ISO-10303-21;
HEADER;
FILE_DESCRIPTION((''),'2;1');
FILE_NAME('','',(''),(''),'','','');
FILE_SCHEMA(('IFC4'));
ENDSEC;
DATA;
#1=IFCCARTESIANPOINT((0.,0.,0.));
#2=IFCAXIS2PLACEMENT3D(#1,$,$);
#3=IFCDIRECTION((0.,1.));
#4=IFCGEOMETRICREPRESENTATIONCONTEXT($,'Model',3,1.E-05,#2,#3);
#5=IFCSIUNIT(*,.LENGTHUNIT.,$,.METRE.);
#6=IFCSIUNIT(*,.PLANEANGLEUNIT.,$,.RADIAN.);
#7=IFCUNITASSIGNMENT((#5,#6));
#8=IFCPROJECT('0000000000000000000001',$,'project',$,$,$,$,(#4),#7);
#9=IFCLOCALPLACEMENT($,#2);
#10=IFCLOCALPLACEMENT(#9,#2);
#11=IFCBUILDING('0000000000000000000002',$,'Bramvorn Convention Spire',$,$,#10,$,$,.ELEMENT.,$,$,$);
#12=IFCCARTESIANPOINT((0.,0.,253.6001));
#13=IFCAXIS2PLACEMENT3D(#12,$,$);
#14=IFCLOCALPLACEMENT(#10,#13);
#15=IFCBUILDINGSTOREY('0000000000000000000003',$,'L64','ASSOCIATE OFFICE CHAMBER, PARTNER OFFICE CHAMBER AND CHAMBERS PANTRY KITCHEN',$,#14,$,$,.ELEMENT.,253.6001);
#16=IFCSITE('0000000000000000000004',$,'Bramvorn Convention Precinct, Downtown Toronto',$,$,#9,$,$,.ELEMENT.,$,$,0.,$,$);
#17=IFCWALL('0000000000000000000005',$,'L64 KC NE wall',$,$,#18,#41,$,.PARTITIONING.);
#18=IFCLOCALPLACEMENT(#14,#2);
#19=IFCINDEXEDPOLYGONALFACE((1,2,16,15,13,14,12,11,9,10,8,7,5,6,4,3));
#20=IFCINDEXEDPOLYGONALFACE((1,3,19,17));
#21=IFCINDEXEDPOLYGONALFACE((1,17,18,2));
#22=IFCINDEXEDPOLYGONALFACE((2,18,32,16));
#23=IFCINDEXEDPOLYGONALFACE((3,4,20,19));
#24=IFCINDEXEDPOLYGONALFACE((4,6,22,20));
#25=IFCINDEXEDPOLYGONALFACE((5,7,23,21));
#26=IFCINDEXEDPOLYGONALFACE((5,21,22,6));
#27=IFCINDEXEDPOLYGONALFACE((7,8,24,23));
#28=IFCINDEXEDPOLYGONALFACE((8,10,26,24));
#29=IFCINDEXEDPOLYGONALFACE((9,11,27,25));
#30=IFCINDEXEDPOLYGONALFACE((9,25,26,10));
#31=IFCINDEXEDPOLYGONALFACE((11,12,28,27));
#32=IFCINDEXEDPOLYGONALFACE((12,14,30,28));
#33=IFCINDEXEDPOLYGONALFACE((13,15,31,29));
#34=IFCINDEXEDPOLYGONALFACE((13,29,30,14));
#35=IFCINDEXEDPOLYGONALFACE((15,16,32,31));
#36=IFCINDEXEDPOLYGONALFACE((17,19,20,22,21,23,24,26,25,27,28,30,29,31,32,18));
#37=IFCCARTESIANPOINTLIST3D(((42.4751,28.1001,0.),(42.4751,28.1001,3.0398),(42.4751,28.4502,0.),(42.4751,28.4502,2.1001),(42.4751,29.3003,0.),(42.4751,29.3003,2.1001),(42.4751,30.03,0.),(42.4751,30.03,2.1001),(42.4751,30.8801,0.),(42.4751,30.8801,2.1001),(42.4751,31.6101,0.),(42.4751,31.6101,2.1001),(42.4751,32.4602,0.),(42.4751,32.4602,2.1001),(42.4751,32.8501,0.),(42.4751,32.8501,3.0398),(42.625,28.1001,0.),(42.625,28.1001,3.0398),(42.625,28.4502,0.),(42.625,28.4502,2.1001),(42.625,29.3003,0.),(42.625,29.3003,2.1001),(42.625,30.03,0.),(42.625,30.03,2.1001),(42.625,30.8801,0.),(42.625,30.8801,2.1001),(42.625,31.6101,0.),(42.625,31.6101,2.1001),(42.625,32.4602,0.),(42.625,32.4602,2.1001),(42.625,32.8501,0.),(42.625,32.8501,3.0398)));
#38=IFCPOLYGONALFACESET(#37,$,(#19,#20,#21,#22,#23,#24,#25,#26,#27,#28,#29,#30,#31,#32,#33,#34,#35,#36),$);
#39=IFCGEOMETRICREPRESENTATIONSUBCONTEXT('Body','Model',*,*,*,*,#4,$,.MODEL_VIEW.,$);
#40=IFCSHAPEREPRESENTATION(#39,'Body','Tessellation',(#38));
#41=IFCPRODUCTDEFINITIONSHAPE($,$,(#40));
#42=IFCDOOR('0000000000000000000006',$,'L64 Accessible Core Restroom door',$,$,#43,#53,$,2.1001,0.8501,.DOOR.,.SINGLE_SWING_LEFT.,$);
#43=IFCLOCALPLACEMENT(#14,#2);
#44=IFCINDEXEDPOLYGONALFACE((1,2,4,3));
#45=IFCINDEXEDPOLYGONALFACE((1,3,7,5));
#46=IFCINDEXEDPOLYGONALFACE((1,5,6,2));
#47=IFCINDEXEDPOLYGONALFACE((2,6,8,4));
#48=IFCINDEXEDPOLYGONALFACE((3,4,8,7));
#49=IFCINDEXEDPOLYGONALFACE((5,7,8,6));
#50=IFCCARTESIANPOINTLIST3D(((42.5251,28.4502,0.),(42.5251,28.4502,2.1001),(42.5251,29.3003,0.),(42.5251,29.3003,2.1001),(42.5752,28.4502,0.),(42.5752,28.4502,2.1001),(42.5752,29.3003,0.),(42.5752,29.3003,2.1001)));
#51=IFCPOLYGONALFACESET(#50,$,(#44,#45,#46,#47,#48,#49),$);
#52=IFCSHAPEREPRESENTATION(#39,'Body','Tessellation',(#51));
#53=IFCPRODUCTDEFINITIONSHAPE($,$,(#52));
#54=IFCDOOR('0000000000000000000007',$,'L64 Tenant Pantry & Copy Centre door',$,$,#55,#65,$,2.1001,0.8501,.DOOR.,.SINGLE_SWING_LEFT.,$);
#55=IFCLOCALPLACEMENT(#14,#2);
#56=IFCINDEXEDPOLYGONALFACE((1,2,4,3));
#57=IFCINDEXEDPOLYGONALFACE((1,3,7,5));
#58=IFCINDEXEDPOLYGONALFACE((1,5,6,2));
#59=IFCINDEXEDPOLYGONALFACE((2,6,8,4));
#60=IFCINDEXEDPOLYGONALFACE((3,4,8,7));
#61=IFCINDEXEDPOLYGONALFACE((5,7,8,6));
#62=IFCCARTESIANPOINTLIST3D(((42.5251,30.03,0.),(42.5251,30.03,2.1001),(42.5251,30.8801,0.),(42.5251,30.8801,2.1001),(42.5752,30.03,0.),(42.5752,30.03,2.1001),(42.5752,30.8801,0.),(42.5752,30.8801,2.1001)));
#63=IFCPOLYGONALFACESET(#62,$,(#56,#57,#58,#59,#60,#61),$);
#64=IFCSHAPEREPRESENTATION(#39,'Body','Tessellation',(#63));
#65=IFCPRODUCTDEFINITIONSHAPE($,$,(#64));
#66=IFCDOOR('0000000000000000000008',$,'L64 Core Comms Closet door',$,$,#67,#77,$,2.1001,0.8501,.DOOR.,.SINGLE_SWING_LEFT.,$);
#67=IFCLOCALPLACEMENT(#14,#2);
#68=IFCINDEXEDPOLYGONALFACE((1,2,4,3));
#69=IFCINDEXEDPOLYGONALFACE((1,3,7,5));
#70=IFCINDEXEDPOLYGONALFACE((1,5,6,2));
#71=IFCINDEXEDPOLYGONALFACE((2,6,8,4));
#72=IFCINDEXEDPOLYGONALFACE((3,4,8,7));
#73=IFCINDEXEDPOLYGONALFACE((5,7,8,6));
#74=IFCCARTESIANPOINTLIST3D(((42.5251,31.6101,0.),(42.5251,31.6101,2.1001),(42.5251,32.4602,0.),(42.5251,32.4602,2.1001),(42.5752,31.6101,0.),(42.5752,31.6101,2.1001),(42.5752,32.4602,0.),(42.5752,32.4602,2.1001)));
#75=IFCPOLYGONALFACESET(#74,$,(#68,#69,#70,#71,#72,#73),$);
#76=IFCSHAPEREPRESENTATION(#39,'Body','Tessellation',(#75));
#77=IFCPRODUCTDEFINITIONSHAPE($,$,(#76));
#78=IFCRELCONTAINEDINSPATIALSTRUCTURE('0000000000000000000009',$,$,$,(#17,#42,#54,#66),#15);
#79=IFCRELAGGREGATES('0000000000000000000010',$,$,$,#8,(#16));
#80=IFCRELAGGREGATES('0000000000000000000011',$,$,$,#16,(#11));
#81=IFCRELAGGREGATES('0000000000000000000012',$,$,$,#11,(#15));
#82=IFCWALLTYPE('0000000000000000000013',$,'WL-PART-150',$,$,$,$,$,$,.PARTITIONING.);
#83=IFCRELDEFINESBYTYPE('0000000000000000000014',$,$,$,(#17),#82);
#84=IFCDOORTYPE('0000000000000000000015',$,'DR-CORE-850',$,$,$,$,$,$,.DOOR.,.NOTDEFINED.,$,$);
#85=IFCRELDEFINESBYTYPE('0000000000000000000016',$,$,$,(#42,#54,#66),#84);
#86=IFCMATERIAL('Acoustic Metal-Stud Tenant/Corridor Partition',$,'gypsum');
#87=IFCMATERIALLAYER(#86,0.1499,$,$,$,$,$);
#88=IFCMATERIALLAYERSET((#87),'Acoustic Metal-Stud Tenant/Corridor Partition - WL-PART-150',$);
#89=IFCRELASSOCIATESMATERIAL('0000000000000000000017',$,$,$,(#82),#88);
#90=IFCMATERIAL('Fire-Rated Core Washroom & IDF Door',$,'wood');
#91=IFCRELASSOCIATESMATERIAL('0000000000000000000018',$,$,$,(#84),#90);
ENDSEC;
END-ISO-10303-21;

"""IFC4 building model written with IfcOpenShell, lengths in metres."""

from ifc_helpers import new_model, si_unit, direction, frame, frame_2d, origin, place, context, subcontext, project, spatial, rectangle, extrude, material, layer, layer_set, type_object, element, fill, save


model = new_model("IFC4")

# Units and contexts
model_context = context("Model", 3, precision=1e-05, world=origin(), true_north=direction((0.0, 1.0)))
body_context = subcontext(model_context, "Body", "Model", "MODEL_VIEW")
ifc_project = project(units=[si_unit("LENGTHUNIT", "METRE"), si_unit("PLANEANGLEUNIT", "RADIAN")], contexts=[model_context])

# Site, building, storey
site_placement = place(None, origin())
site = spatial("IfcSite", under=ifc_project, at=site_placement, Name="Bramvorn Convention Precinct, Downtown Toronto", CompositionType="ELEMENT", RefElevation=0.0)
building_placement = place(site_placement, origin())
building = spatial("IfcBuilding", under=site, at=building_placement, Name="Bramvorn Convention Spire", CompositionType="ELEMENT")
storey_placement = place(building_placement, frame((0.0, 0.0, 253.6001)))
storey = spatial("IfcBuildingStorey", under=building, at=storey_placement, Name="L64", Description="ASSOCIATE OFFICE CHAMBER, PARTNER OFFICE CHAMBER AND CHAMBERS PANTRY KITCHEN", CompositionType="ELEMENT", Elevation=253.6001)

# Shared definitions
ifc_material_1 = material(Name="Acoustic Metal-Stud Tenant/Corridor Partition", Category="gypsum")
ifc_layer_1 = layer(ifc_material_1, 0.1499)
ifc_layer_set_1 = layer_set([ifc_layer_1], Name="Acoustic Metal-Stud Tenant/Corridor Partition - WL-PART-150")
wall_type_1 = type_object("IfcWallType", Name="WL-PART-150", PredefinedType="PARTITIONING", material=ifc_layer_set_1)

# Shared definitions
ifc_material_2 = material(Name="Fire-Rated Core Washroom & IDF Door", Category="wood")
door_type_1 = type_object("IfcDoorType", Name="DR-CORE-850", OperationType="NOTDEFINED", PredefinedType="DOOR", material=ifc_material_2)

# Wall, openings, doors
wall_1_placement = place(storey_placement, frame((42.55, 28.1001, 0.0), z_axis=(0.0, 0.0, 1.0), x_axis=(0.0, 1.0, 0.0)))
wall_1 = element("IfcWall", 1, at=wall_1_placement, inside=storey, type_object=wall_type_1, Name="L64 KC NE wall", PredefinedType="PARTITIONING", context=body_context, shape_type="SweptSolid", body=[
    extrude(rectangle(XDim=4.75, YDim=0.1499, at=frame_2d((2.375, 0.0))), origin(), (0.0, 0.0, 1.0), 3.0398),
])
opening_1_placement = place(wall_1_placement, frame((0.3501, 0.0, 0.0)))
opening_1 = element("IfcOpeningElement", 2, at=opening_1_placement, cuts=wall_1, PredefinedType="OPENING", context=body_context, shape_type="SweptSolid", body=[
    extrude(rectangle(XDim=0.8501, YDim=2.1001, at=frame_2d((0.425, 1.05))), frame((0.0, 0.085, 0.0), z_axis=(0.0, -1.0, 0.0), x_axis=(1.0, 0.0, 0.0)), (0.0, 0.0, 1.0), 0.1699),
])
opening_2_placement = place(wall_1_placement, frame((1.9299, 0.0, 0.0)))
opening_2 = element("IfcOpeningElement", 3, at=opening_2_placement, cuts=wall_1, PredefinedType="OPENING", context=body_context, shape_type="SweptSolid", body=[
    extrude(rectangle(XDim=0.8501, YDim=2.1001, at=frame_2d((0.425, 1.05))), frame((0.0, 0.085, 0.0), z_axis=(0.0, -1.0, 0.0), x_axis=(1.0, 0.0, 0.0)), (0.0, 0.0, 1.0), 0.1699),
])
opening_3_placement = place(wall_1_placement, frame((3.51, 0.0, 0.0)))
opening_3 = element("IfcOpeningElement", 4, at=opening_3_placement, cuts=wall_1, PredefinedType="OPENING", context=body_context, shape_type="SweptSolid", body=[
    extrude(rectangle(XDim=0.8501, YDim=2.1001, at=frame_2d((0.425, 1.05))), frame((0.0, 0.085, 0.0), z_axis=(0.0, -1.0, 0.0), x_axis=(1.0, 0.0, 0.0)), (0.0, 0.0, 1.0), 0.1699),
])
door_1_placement = place(opening_1_placement, origin())
door_1 = element("IfcDoor", 5, at=door_1_placement, inside=storey, type_object=door_type_1, Name="L64 Accessible Core Restroom door", OperationType="SINGLE_SWING_LEFT", OverallHeight=2.1001, OverallWidth=0.8501, PredefinedType="DOOR", context=body_context, shape_type="SweptSolid", body=[
    extrude(rectangle(XDim=0.8501, YDim=2.1001, at=frame_2d((0.425, 1.05))), frame((0.0, 0.0249, 0.0), z_axis=(0.0, -1.0, 0.0), x_axis=(1.0, 0.0, 0.0)), (0.0, 0.0, 1.0), 0.05),
])
fill(opening_1, door_1)
door_2_placement = place(opening_2_placement, origin())
door_2 = element("IfcDoor", 6, at=door_2_placement, inside=storey, type_object=door_type_1, Name="L64 Tenant Pantry & Copy Centre door", OperationType="SINGLE_SWING_LEFT", OverallHeight=2.1001, OverallWidth=0.8501, PredefinedType="DOOR", context=body_context, shape_type="SweptSolid", body=[
    extrude(rectangle(XDim=0.8501, YDim=2.1001, at=frame_2d((0.425, 1.05))), frame((0.0, 0.0249, 0.0), z_axis=(0.0, -1.0, 0.0), x_axis=(1.0, 0.0, 0.0)), (0.0, 0.0, 1.0), 0.05),
])
fill(opening_2, door_2)
door_3_placement = place(opening_3_placement, origin())
door_3 = element("IfcDoor", 7, at=door_3_placement, inside=storey, type_object=door_type_1, Name="L64 Core Comms Closet door", OperationType="SINGLE_SWING_LEFT", OverallHeight=2.1001, OverallWidth=0.8501, PredefinedType="DOOR", context=body_context, shape_type="SweptSolid", body=[
    extrude(rectangle(XDim=0.8501, YDim=2.1001, at=frame_2d((0.425, 1.05))), frame((0.0, 0.0249, 0.0), z_axis=(0.0, -1.0, 0.0), x_axis=(1.0, 0.0, 0.0)), (0.0, 0.0, 1.0), 0.05),
])
fill(opening_3, door_3)

save(model, "model.ifc")
